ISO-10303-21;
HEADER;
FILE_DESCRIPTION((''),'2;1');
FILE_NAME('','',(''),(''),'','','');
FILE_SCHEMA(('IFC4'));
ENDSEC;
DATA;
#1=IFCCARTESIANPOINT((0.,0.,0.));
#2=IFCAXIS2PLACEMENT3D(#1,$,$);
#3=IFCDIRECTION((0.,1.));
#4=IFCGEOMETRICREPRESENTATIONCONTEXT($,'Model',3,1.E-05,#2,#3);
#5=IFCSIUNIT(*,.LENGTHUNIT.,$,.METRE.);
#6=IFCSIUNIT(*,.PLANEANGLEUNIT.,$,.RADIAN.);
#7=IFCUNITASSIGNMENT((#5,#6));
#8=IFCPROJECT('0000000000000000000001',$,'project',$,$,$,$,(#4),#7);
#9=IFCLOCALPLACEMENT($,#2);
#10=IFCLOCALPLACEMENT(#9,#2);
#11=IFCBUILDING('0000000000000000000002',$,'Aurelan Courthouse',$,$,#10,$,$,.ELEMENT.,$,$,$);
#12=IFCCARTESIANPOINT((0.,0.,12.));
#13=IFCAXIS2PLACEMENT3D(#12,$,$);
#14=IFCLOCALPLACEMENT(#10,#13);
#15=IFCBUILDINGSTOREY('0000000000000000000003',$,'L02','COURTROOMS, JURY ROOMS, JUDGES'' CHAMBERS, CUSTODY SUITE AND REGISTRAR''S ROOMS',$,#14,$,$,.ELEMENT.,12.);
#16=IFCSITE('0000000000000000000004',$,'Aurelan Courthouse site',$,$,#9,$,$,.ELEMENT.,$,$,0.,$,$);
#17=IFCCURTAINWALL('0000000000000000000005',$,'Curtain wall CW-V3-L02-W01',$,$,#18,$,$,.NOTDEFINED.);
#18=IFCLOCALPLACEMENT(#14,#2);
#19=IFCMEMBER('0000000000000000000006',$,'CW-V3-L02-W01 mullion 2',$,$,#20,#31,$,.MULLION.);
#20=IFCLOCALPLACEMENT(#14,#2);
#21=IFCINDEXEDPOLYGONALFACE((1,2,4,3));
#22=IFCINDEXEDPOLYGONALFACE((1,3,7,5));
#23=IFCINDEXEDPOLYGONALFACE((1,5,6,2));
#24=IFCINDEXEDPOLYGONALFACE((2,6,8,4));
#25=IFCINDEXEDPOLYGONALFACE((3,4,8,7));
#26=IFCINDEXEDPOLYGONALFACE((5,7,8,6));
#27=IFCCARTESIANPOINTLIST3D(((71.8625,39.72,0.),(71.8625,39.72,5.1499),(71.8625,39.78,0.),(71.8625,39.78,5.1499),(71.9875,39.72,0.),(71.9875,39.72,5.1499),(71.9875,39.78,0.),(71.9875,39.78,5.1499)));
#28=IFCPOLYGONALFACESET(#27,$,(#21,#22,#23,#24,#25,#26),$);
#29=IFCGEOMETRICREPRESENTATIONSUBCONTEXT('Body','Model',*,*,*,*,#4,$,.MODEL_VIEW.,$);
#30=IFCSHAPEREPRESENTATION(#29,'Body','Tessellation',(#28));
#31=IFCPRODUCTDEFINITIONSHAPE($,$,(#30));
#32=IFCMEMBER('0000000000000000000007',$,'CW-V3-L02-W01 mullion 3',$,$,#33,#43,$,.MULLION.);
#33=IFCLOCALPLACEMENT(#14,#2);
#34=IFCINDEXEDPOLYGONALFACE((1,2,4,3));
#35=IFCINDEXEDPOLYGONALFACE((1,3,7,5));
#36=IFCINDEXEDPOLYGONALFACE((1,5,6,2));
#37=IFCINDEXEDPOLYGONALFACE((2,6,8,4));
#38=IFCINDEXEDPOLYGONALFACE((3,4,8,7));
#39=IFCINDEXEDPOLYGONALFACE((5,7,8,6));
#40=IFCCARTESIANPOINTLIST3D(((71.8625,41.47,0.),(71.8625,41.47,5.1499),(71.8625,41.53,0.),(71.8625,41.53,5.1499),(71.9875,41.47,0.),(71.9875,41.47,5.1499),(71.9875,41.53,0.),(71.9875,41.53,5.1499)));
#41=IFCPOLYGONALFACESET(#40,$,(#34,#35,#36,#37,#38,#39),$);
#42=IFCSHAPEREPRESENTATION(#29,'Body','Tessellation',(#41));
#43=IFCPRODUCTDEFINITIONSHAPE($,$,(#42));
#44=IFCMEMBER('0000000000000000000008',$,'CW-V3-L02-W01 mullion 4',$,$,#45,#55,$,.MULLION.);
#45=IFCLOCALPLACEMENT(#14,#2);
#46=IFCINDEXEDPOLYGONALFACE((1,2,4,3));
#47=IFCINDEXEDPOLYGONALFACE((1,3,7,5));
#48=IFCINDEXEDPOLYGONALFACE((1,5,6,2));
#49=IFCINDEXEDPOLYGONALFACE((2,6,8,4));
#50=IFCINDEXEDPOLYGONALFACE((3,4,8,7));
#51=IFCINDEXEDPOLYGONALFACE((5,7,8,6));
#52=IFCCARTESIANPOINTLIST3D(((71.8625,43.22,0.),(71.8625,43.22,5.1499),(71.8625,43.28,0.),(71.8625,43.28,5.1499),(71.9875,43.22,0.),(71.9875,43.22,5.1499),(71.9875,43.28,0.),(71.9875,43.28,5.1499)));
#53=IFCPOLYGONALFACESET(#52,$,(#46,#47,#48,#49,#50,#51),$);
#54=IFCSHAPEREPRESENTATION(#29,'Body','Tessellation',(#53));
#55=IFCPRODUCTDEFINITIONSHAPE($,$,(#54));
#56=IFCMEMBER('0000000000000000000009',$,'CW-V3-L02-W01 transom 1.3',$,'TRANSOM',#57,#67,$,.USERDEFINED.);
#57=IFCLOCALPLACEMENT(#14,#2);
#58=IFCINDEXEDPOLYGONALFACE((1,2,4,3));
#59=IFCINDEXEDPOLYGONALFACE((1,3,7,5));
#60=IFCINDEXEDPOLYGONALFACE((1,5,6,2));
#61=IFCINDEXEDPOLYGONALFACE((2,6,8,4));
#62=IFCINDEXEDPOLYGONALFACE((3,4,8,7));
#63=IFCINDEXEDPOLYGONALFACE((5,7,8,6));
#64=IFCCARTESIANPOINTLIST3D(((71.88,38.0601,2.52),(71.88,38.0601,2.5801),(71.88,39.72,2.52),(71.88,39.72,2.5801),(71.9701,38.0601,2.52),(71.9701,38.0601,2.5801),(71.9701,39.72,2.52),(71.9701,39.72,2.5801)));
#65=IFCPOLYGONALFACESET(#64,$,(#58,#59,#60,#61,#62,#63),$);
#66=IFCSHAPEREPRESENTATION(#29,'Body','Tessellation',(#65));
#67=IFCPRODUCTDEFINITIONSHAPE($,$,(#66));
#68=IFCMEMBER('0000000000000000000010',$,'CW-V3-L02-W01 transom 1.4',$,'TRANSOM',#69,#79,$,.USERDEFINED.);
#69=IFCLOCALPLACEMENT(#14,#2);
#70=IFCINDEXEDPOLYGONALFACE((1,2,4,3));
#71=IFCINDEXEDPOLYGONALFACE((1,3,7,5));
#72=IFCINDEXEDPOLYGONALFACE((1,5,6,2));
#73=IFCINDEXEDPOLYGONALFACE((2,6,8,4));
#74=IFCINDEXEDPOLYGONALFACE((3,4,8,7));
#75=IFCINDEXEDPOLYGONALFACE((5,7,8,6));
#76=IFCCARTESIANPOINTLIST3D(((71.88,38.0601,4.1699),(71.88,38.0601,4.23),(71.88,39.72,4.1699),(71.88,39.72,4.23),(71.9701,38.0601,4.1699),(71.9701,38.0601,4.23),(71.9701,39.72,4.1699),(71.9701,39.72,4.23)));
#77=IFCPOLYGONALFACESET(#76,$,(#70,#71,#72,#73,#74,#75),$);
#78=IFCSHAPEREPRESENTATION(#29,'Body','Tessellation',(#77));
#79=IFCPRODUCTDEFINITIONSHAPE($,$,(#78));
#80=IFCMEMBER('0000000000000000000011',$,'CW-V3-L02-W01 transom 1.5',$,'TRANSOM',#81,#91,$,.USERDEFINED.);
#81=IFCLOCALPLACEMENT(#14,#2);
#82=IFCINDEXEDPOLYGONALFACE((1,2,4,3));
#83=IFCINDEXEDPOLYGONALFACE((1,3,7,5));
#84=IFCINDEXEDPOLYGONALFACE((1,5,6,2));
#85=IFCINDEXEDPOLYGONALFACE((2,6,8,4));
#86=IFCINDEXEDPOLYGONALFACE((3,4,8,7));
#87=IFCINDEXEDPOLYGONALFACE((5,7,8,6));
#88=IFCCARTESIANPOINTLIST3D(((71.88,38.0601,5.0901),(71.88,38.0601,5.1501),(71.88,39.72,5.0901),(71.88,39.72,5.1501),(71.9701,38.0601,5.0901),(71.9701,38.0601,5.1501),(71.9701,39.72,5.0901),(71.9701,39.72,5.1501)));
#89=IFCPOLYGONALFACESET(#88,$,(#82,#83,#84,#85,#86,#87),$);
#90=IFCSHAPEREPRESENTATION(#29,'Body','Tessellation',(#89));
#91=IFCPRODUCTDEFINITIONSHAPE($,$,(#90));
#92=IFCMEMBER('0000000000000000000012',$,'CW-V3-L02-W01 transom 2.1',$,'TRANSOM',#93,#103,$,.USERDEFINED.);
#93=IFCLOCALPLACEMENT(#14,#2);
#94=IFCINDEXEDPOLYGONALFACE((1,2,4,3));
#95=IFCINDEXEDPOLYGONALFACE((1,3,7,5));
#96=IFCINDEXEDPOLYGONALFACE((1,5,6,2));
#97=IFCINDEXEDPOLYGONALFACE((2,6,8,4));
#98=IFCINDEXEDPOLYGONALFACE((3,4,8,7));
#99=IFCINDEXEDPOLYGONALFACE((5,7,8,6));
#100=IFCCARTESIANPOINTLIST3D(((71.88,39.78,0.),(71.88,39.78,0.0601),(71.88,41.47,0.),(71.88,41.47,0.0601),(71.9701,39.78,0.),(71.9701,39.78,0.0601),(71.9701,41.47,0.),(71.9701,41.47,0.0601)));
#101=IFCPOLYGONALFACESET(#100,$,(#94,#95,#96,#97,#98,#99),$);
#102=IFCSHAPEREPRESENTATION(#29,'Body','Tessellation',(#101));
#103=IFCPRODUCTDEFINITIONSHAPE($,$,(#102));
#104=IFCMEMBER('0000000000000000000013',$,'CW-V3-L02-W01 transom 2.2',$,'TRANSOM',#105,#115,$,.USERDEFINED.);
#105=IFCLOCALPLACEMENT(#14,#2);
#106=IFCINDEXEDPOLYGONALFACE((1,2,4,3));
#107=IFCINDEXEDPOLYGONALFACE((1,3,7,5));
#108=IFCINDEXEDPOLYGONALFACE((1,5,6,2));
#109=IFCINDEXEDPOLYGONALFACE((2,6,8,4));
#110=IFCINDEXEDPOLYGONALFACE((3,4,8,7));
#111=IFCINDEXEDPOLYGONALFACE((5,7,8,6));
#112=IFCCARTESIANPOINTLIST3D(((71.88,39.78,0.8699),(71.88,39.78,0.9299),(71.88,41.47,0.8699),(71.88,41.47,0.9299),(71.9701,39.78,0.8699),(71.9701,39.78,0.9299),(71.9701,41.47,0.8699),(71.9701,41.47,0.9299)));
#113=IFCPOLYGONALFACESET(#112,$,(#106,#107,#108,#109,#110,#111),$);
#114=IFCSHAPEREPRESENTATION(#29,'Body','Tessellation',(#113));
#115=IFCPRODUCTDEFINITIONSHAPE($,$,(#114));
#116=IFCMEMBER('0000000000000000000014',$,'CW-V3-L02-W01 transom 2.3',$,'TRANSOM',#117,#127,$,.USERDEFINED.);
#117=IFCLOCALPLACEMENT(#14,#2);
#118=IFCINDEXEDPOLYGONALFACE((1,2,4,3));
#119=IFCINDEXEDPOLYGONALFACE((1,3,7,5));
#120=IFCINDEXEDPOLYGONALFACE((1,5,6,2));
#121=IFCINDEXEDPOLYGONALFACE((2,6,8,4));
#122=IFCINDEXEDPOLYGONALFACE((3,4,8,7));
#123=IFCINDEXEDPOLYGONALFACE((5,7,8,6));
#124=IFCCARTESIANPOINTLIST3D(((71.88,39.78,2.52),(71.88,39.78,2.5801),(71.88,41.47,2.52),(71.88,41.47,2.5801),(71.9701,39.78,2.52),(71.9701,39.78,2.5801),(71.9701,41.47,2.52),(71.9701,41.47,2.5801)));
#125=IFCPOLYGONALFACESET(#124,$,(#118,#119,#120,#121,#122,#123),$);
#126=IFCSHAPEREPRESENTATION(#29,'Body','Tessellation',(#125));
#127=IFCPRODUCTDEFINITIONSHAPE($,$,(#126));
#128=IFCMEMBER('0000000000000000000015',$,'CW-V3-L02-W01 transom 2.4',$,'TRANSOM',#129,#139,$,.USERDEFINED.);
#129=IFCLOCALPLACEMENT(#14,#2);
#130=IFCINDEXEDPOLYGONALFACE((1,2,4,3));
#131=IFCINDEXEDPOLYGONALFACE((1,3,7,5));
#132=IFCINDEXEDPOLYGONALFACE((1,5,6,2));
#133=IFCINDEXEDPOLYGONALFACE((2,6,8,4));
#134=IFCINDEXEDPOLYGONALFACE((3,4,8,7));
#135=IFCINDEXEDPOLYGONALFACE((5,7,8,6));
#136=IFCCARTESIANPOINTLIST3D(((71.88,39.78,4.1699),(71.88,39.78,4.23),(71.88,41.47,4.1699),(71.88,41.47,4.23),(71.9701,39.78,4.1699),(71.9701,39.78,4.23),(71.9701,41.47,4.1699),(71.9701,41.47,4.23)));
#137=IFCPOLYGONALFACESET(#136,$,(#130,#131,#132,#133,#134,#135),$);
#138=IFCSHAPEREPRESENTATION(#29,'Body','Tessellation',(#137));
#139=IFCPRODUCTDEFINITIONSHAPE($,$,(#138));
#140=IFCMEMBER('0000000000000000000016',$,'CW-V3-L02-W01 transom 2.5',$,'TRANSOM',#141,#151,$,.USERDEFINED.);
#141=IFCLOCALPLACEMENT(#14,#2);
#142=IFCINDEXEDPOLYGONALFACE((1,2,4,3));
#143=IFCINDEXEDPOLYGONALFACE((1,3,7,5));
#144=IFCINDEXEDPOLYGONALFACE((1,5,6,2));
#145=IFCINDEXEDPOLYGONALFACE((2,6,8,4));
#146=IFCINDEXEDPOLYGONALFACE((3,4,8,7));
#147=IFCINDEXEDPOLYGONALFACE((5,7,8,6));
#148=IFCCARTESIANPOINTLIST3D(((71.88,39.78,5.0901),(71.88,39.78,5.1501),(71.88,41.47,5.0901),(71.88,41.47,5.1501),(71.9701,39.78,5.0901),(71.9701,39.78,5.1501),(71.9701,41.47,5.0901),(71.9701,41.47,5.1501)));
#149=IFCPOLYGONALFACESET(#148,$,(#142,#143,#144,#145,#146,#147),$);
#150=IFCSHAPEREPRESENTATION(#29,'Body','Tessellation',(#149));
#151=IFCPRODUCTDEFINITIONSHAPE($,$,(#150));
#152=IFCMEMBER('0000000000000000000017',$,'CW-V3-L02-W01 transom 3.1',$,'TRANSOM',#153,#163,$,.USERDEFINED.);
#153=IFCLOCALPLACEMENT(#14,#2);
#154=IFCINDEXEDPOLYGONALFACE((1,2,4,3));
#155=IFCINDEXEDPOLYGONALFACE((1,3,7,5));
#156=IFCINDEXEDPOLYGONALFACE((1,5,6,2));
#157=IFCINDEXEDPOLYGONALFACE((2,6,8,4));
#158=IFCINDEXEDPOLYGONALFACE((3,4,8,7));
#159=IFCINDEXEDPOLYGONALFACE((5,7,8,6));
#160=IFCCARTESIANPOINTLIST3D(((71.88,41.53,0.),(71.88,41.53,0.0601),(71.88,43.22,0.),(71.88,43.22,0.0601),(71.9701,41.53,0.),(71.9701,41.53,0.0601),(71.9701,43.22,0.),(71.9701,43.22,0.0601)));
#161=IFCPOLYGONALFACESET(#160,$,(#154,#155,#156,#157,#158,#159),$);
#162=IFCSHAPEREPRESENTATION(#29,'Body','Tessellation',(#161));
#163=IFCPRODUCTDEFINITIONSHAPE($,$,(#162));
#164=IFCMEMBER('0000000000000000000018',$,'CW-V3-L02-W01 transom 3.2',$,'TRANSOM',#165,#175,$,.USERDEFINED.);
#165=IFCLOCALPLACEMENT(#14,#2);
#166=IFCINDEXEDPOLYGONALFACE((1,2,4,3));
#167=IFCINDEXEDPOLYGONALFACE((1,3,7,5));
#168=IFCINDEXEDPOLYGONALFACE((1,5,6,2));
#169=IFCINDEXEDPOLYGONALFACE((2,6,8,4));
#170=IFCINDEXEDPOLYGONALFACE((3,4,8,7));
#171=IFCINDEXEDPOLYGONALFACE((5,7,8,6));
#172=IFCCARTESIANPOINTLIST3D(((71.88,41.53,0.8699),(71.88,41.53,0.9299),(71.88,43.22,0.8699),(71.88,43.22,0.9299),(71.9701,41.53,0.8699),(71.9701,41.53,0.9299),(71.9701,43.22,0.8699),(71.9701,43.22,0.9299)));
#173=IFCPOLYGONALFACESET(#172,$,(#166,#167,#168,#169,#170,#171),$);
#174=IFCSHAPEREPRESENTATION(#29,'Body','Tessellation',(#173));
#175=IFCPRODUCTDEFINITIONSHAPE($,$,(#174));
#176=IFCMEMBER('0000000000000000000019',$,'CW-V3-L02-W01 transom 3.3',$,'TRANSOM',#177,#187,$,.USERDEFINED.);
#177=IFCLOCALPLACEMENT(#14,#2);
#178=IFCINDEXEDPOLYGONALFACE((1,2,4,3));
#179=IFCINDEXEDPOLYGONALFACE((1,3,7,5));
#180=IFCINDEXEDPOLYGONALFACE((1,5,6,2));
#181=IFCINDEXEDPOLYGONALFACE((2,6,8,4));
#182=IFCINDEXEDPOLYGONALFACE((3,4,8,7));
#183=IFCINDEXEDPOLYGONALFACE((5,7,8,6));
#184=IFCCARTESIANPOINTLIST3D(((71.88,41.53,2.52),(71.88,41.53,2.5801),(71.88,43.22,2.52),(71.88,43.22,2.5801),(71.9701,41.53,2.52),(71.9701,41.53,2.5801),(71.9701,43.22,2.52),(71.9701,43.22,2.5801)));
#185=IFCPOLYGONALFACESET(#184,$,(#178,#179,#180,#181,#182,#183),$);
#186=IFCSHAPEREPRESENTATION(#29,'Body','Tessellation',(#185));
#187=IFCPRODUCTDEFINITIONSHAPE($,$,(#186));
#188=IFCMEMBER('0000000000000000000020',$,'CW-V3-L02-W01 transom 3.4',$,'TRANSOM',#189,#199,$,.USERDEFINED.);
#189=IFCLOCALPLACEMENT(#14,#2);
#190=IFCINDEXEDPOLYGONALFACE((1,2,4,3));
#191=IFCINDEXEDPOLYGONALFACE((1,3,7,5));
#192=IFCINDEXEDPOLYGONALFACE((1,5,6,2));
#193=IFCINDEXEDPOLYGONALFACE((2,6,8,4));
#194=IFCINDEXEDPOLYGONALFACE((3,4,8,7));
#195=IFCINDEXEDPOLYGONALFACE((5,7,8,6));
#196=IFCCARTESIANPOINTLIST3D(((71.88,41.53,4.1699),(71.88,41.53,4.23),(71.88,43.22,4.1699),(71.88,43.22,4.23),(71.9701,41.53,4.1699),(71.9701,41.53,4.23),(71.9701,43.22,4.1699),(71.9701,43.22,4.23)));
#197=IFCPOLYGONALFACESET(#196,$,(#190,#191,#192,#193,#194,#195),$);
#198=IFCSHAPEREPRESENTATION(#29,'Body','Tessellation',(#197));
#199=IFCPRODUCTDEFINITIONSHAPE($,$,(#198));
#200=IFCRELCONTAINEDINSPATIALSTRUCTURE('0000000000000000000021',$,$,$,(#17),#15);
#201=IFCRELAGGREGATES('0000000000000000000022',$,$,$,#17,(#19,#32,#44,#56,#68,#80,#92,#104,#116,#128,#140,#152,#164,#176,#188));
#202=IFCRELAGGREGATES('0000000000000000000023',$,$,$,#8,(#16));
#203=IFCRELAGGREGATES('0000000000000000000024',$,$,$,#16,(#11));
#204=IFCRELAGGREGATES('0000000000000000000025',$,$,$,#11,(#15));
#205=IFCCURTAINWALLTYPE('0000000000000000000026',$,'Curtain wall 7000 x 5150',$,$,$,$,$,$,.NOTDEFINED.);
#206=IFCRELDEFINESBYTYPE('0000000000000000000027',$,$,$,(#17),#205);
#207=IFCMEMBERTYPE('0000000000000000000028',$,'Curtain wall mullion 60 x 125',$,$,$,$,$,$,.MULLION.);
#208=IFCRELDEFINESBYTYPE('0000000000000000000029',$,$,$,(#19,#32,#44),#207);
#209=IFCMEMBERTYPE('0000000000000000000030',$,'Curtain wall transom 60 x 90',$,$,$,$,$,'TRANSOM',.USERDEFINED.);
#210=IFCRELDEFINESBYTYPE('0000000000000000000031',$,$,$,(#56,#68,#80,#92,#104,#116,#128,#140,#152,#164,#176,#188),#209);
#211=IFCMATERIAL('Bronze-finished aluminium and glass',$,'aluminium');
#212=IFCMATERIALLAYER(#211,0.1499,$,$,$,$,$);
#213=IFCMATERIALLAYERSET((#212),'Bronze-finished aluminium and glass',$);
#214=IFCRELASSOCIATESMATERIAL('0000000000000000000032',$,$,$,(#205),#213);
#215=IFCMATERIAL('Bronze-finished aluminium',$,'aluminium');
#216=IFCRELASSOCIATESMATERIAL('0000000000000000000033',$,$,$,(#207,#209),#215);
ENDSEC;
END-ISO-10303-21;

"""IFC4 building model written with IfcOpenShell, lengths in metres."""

from ifc_helpers import new_model, si_unit, direction, frame, origin, origin_2d, place, context, subcontext, project, spatial, rectangle, extrude, material, layer, layer_set, material_profile, profile_set, type_object, element, aggregate, save


model = new_model("IFC4")

# Units and contexts
model_context = context("Model", 3, precision=1e-05, world=origin(), true_north=direction((0.0, 1.0)))
body_context = subcontext(model_context, "Body", "Model", "MODEL_VIEW")
ifc_project = project(units=[si_unit("LENGTHUNIT", "METRE"), si_unit("PLANEANGLEUNIT", "RADIAN")], contexts=[model_context])

# Site, building, storey
site_placement = place(None, origin())
site = spatial("IfcSite", under=ifc_project, at=site_placement, Name="Aurelan Courthouse site", CompositionType="ELEMENT", RefElevation=0.0)
building_placement = place(site_placement, origin())
building = spatial("IfcBuilding", under=site, at=building_placement, Name="Aurelan Courthouse", CompositionType="ELEMENT")
storey_placement = place(building_placement, frame((0.0, 0.0, 12.0)))
storey = spatial("IfcBuildingStorey", under=building, at=storey_placement, Name="L02", Description="COURTROOMS, JURY ROOMS, JUDGES' CHAMBERS, CUSTODY SUITE AND REGISTRAR'S ROOMS", CompositionType="ELEMENT", Elevation=12.0)

# Curtain wall, members
ifc_material_1 = material(Name="Bronze-finished aluminium and glass", Category="aluminium")
ifc_layer_1 = layer(ifc_material_1, 0.1499)
ifc_layer_set_1 = layer_set([ifc_layer_1], Name="Bronze-finished aluminium and glass")
curtain_wall_type = type_object("IfcCurtainWallType", Name="Curtain wall 7000 x 5150", PredefinedType="NOTDEFINED", material=ifc_layer_set_1)
curtain_wall_placement = place(storey_placement, origin())
curtain_wall = element("IfcCurtainWall", 1, at=curtain_wall_placement, inside=storey, type_object=curtain_wall_type, Name="Curtain wall CW-V3-L02-W01", PredefinedType="NOTDEFINED")
ifc_material_2 = material(Name="Bronze-finished aluminium", Category="aluminium")
ifc_material_profile_1 = material_profile(ifc_material_2, rectangle(XDim=0.125, YDim=0.0601, at=origin_2d()), Name="Bronze mullion 60 x 125")
ifc_profile_set_1 = profile_set([ifc_material_profile_1], Name="Bronze-finished aluminium")
member_type_1 = type_object("IfcMemberType", Name="Curtain wall mullion 60 x 125", PredefinedType="MULLION", material=ifc_profile_set_1)
member_1_placement = place(storey_placement, frame((71.925, 39.75, 0.0), z_axis=(0.0, 0.0, 1.0), x_axis=(-1.0, 0.0, 0.0)))
member_1 = element("IfcMember", 2, at=member_1_placement, type_object=member_type_1, Name="CW-V3-L02-W01 mullion 2", PredefinedType="MULLION", context=body_context, shape_type="SweptSolid", body=[
    extrude(rectangle(XDim=0.125, YDim=0.0601, at=origin_2d()), origin(), (0.0, 0.0, 1.0), 5.1499),
])
member_2_placement = place(storey_placement, frame((71.925, 41.5, 0.0), z_axis=(0.0, 0.0, 1.0), x_axis=(-1.0, 0.0, 0.0)))
member_2 = element("IfcMember", 3, at=member_2_placement, type_object=member_type_1, Name="CW-V3-L02-W01 mullion 3", PredefinedType="MULLION", context=body_context, shape_type="SweptSolid", body=[
    extrude(rectangle(XDim=0.125, YDim=0.0601, at=origin_2d()), origin(), (0.0, 0.0, 1.0), 5.1499),
])
member_3_placement = place(storey_placement, frame((71.925, 43.25, 0.0), z_axis=(0.0, 0.0, 1.0), x_axis=(-1.0, 0.0, 0.0)))
member_3 = element("IfcMember", 4, at=member_3_placement, type_object=member_type_1, Name="CW-V3-L02-W01 mullion 4", PredefinedType="MULLION", context=body_context, shape_type="SweptSolid", body=[
    extrude(rectangle(XDim=0.125, YDim=0.0601, at=origin_2d()), origin(), (0.0, 0.0, 1.0), 5.1499),
])
ifc_material_profile_2 = material_profile(ifc_material_2, rectangle(XDim=0.0901, YDim=0.0601, at=origin_2d()), Name="Bronze transom 60 x 90")
ifc_profile_set_2 = profile_set([ifc_material_profile_2], Name="Bronze-finished aluminium")
member_type_2 = type_object("IfcMemberType", Name="Curtain wall transom 60 x 90", ElementType="TRANSOM", PredefinedType="USERDEFINED", material=ifc_profile_set_2)
member_4_placement = place(storey_placement, frame((71.925, 38.0601, 2.55), z_axis=(0.0, 1.0, 0.0), x_axis=(-1.0, 0.0, 0.0)))
member_4 = element("IfcMember", 5, at=member_4_placement, type_object=member_type_2, Name="CW-V3-L02-W01 transom 1.3", ObjectType="TRANSOM", PredefinedType="USERDEFINED", context=body_context, shape_type="SweptSolid", body=[
    extrude(rectangle(XDim=0.0901, YDim=0.0601, at=origin_2d()), origin(), (0.0, 0.0, 1.0), 1.6599),
])
member_5_placement = place(storey_placement, frame((71.925, 38.0601, 4.2), z_axis=(0.0, 1.0, 0.0), x_axis=(-1.0, 0.0, 0.0)))
member_5 = element("IfcMember", 6, at=member_5_placement, type_object=member_type_2, Name="CW-V3-L02-W01 transom 1.4", ObjectType="TRANSOM", PredefinedType="USERDEFINED", context=body_context, shape_type="SweptSolid", body=[
    extrude(rectangle(XDim=0.0901, YDim=0.0601, at=origin_2d()), origin(), (0.0, 0.0, 1.0), 1.6599),
])
member_6_placement = place(storey_placement, frame((71.925, 38.0601, 5.1201), z_axis=(0.0, 1.0, 0.0), x_axis=(-1.0, 0.0, 0.0)))
member_6 = element("IfcMember", 7, at=member_6_placement, type_object=member_type_2, Name="CW-V3-L02-W01 transom 1.5", ObjectType="TRANSOM", PredefinedType="USERDEFINED", context=body_context, shape_type="SweptSolid", body=[
    extrude(rectangle(XDim=0.0901, YDim=0.0601, at=origin_2d()), origin(), (0.0, 0.0, 1.0), 1.6599),
])
member_7_placement = place(storey_placement, frame((71.925, 39.78, 0.03), z_axis=(0.0, 1.0, 0.0), x_axis=(-1.0, 0.0, 0.0)))
member_7 = element("IfcMember", 8, at=member_7_placement, type_object=member_type_2, Name="CW-V3-L02-W01 transom 2.1", ObjectType="TRANSOM", PredefinedType="USERDEFINED", context=body_context, shape_type="SweptSolid", body=[
    extrude(rectangle(XDim=0.0901, YDim=0.0601, at=origin_2d()), origin(), (0.0, 0.0, 1.0), 1.6899),
])
member_8_placement = place(storey_placement, frame((71.925, 39.78, 0.8999), z_axis=(0.0, 1.0, 0.0), x_axis=(-1.0, 0.0, 0.0)))
member_8 = element("IfcMember", 9, at=member_8_placement, type_object=member_type_2, Name="CW-V3-L02-W01 transom 2.2", ObjectType="TRANSOM", PredefinedType="USERDEFINED", context=body_context, shape_type="SweptSolid", body=[
    extrude(rectangle(XDim=0.0901, YDim=0.0601, at=origin_2d()), origin(), (0.0, 0.0, 1.0), 1.6899),
])
member_9_placement = place(storey_placement, frame((71.925, 39.78, 2.55), z_axis=(0.0, 1.0, 0.0), x_axis=(-1.0, 0.0, 0.0)))
member_9 = element("IfcMember", 10, at=member_9_placement, type_object=member_type_2, Name="CW-V3-L02-W01 transom 2.3", ObjectType="TRANSOM", PredefinedType="USERDEFINED", context=body_context, shape_type="SweptSolid", body=[
    extrude(rectangle(XDim=0.0901, YDim=0.0601, at=origin_2d()), origin(), (0.0, 0.0, 1.0), 1.6899),
])
member_10_placement = place(storey_placement, frame((71.925, 39.78, 4.2), z_axis=(0.0, 1.0, 0.0), x_axis=(-1.0, 0.0, 0.0)))
member_10 = element("IfcMember", 11, at=member_10_placement, type_object=member_type_2, Name="CW-V3-L02-W01 transom 2.4", ObjectType="TRANSOM", PredefinedType="USERDEFINED", context=body_context, shape_type="SweptSolid", body=[
    extrude(rectangle(XDim=0.0901, YDim=0.0601, at=origin_2d()), origin(), (0.0, 0.0, 1.0), 1.6899),
])
member_11_placement = place(storey_placement, frame((71.925, 39.78, 5.1201), z_axis=(0.0, 1.0, 0.0), x_axis=(-1.0, 0.0, 0.0)))
member_11 = element("IfcMember", 12, at=member_11_placement, type_object=member_type_2, Name="CW-V3-L02-W01 transom 2.5", ObjectType="TRANSOM", PredefinedType="USERDEFINED", context=body_context, shape_type="SweptSolid", body=[
    extrude(rectangle(XDim=0.0901, YDim=0.0601, at=origin_2d()), origin(), (0.0, 0.0, 1.0), 1.6899),
])
member_12_placement = place(storey_placement, frame((71.925, 41.53, 0.03), z_axis=(0.0, 1.0, 0.0), x_axis=(-1.0, 0.0, 0.0)))
member_12 = element("IfcMember", 13, at=member_12_placement, type_object=member_type_2, Name="CW-V3-L02-W01 transom 3.1", ObjectType="TRANSOM", PredefinedType="USERDEFINED", context=body_context, shape_type="SweptSolid", body=[
    extrude(rectangle(XDim=0.0901, YDim=0.0601, at=origin_2d()), origin(), (0.0, 0.0, 1.0), 1.6899),
])
member_13_placement = place(storey_placement, frame((71.925, 41.53, 0.8999), z_axis=(0.0, 1.0, 0.0), x_axis=(-1.0, 0.0, 0.0)))
member_13 = element("IfcMember", 14, at=member_13_placement, type_object=member_type_2, Name="CW-V3-L02-W01 transom 3.2", ObjectType="TRANSOM", PredefinedType="USERDEFINED", context=body_context, shape_type="SweptSolid", body=[
    extrude(rectangle(XDim=0.0901, YDim=0.0601, at=origin_2d()), origin(), (0.0, 0.0, 1.0), 1.6899),
])
member_14_placement = place(storey_placement, frame((71.925, 41.53, 2.55), z_axis=(0.0, 1.0, 0.0), x_axis=(-1.0, 0.0, 0.0)))
member_14 = element("IfcMember", 15, at=member_14_placement, type_object=member_type_2, Name="CW-V3-L02-W01 transom 3.3", ObjectType="TRANSOM", PredefinedType="USERDEFINED", context=body_context, shape_type="SweptSolid", body=[
    extrude(rectangle(XDim=0.0901, YDim=0.0601, at=origin_2d()), origin(), (0.0, 0.0, 1.0), 1.6899),
])
member_15_placement = place(storey_placement, frame((71.925, 41.53, 4.2), z_axis=(0.0, 1.0, 0.0), x_axis=(-1.0, 0.0, 0.0)))
member_15 = element("IfcMember", 16, at=member_15_placement, type_object=member_type_2, Name="CW-V3-L02-W01 transom 3.4", ObjectType="TRANSOM", PredefinedType="USERDEFINED", context=body_context, shape_type="SweptSolid", body=[
    extrude(rectangle(XDim=0.0901, YDim=0.0601, at=origin_2d()), origin(), (0.0, 0.0, 1.0), 1.6899),
])
aggregate(curtain_wall, [member_1, member_2, member_3, member_4, member_5, member_6, member_7, member_8, member_9, member_10, member_11, member_12, member_13, member_14, member_15])

save(model, "model.ifc")
